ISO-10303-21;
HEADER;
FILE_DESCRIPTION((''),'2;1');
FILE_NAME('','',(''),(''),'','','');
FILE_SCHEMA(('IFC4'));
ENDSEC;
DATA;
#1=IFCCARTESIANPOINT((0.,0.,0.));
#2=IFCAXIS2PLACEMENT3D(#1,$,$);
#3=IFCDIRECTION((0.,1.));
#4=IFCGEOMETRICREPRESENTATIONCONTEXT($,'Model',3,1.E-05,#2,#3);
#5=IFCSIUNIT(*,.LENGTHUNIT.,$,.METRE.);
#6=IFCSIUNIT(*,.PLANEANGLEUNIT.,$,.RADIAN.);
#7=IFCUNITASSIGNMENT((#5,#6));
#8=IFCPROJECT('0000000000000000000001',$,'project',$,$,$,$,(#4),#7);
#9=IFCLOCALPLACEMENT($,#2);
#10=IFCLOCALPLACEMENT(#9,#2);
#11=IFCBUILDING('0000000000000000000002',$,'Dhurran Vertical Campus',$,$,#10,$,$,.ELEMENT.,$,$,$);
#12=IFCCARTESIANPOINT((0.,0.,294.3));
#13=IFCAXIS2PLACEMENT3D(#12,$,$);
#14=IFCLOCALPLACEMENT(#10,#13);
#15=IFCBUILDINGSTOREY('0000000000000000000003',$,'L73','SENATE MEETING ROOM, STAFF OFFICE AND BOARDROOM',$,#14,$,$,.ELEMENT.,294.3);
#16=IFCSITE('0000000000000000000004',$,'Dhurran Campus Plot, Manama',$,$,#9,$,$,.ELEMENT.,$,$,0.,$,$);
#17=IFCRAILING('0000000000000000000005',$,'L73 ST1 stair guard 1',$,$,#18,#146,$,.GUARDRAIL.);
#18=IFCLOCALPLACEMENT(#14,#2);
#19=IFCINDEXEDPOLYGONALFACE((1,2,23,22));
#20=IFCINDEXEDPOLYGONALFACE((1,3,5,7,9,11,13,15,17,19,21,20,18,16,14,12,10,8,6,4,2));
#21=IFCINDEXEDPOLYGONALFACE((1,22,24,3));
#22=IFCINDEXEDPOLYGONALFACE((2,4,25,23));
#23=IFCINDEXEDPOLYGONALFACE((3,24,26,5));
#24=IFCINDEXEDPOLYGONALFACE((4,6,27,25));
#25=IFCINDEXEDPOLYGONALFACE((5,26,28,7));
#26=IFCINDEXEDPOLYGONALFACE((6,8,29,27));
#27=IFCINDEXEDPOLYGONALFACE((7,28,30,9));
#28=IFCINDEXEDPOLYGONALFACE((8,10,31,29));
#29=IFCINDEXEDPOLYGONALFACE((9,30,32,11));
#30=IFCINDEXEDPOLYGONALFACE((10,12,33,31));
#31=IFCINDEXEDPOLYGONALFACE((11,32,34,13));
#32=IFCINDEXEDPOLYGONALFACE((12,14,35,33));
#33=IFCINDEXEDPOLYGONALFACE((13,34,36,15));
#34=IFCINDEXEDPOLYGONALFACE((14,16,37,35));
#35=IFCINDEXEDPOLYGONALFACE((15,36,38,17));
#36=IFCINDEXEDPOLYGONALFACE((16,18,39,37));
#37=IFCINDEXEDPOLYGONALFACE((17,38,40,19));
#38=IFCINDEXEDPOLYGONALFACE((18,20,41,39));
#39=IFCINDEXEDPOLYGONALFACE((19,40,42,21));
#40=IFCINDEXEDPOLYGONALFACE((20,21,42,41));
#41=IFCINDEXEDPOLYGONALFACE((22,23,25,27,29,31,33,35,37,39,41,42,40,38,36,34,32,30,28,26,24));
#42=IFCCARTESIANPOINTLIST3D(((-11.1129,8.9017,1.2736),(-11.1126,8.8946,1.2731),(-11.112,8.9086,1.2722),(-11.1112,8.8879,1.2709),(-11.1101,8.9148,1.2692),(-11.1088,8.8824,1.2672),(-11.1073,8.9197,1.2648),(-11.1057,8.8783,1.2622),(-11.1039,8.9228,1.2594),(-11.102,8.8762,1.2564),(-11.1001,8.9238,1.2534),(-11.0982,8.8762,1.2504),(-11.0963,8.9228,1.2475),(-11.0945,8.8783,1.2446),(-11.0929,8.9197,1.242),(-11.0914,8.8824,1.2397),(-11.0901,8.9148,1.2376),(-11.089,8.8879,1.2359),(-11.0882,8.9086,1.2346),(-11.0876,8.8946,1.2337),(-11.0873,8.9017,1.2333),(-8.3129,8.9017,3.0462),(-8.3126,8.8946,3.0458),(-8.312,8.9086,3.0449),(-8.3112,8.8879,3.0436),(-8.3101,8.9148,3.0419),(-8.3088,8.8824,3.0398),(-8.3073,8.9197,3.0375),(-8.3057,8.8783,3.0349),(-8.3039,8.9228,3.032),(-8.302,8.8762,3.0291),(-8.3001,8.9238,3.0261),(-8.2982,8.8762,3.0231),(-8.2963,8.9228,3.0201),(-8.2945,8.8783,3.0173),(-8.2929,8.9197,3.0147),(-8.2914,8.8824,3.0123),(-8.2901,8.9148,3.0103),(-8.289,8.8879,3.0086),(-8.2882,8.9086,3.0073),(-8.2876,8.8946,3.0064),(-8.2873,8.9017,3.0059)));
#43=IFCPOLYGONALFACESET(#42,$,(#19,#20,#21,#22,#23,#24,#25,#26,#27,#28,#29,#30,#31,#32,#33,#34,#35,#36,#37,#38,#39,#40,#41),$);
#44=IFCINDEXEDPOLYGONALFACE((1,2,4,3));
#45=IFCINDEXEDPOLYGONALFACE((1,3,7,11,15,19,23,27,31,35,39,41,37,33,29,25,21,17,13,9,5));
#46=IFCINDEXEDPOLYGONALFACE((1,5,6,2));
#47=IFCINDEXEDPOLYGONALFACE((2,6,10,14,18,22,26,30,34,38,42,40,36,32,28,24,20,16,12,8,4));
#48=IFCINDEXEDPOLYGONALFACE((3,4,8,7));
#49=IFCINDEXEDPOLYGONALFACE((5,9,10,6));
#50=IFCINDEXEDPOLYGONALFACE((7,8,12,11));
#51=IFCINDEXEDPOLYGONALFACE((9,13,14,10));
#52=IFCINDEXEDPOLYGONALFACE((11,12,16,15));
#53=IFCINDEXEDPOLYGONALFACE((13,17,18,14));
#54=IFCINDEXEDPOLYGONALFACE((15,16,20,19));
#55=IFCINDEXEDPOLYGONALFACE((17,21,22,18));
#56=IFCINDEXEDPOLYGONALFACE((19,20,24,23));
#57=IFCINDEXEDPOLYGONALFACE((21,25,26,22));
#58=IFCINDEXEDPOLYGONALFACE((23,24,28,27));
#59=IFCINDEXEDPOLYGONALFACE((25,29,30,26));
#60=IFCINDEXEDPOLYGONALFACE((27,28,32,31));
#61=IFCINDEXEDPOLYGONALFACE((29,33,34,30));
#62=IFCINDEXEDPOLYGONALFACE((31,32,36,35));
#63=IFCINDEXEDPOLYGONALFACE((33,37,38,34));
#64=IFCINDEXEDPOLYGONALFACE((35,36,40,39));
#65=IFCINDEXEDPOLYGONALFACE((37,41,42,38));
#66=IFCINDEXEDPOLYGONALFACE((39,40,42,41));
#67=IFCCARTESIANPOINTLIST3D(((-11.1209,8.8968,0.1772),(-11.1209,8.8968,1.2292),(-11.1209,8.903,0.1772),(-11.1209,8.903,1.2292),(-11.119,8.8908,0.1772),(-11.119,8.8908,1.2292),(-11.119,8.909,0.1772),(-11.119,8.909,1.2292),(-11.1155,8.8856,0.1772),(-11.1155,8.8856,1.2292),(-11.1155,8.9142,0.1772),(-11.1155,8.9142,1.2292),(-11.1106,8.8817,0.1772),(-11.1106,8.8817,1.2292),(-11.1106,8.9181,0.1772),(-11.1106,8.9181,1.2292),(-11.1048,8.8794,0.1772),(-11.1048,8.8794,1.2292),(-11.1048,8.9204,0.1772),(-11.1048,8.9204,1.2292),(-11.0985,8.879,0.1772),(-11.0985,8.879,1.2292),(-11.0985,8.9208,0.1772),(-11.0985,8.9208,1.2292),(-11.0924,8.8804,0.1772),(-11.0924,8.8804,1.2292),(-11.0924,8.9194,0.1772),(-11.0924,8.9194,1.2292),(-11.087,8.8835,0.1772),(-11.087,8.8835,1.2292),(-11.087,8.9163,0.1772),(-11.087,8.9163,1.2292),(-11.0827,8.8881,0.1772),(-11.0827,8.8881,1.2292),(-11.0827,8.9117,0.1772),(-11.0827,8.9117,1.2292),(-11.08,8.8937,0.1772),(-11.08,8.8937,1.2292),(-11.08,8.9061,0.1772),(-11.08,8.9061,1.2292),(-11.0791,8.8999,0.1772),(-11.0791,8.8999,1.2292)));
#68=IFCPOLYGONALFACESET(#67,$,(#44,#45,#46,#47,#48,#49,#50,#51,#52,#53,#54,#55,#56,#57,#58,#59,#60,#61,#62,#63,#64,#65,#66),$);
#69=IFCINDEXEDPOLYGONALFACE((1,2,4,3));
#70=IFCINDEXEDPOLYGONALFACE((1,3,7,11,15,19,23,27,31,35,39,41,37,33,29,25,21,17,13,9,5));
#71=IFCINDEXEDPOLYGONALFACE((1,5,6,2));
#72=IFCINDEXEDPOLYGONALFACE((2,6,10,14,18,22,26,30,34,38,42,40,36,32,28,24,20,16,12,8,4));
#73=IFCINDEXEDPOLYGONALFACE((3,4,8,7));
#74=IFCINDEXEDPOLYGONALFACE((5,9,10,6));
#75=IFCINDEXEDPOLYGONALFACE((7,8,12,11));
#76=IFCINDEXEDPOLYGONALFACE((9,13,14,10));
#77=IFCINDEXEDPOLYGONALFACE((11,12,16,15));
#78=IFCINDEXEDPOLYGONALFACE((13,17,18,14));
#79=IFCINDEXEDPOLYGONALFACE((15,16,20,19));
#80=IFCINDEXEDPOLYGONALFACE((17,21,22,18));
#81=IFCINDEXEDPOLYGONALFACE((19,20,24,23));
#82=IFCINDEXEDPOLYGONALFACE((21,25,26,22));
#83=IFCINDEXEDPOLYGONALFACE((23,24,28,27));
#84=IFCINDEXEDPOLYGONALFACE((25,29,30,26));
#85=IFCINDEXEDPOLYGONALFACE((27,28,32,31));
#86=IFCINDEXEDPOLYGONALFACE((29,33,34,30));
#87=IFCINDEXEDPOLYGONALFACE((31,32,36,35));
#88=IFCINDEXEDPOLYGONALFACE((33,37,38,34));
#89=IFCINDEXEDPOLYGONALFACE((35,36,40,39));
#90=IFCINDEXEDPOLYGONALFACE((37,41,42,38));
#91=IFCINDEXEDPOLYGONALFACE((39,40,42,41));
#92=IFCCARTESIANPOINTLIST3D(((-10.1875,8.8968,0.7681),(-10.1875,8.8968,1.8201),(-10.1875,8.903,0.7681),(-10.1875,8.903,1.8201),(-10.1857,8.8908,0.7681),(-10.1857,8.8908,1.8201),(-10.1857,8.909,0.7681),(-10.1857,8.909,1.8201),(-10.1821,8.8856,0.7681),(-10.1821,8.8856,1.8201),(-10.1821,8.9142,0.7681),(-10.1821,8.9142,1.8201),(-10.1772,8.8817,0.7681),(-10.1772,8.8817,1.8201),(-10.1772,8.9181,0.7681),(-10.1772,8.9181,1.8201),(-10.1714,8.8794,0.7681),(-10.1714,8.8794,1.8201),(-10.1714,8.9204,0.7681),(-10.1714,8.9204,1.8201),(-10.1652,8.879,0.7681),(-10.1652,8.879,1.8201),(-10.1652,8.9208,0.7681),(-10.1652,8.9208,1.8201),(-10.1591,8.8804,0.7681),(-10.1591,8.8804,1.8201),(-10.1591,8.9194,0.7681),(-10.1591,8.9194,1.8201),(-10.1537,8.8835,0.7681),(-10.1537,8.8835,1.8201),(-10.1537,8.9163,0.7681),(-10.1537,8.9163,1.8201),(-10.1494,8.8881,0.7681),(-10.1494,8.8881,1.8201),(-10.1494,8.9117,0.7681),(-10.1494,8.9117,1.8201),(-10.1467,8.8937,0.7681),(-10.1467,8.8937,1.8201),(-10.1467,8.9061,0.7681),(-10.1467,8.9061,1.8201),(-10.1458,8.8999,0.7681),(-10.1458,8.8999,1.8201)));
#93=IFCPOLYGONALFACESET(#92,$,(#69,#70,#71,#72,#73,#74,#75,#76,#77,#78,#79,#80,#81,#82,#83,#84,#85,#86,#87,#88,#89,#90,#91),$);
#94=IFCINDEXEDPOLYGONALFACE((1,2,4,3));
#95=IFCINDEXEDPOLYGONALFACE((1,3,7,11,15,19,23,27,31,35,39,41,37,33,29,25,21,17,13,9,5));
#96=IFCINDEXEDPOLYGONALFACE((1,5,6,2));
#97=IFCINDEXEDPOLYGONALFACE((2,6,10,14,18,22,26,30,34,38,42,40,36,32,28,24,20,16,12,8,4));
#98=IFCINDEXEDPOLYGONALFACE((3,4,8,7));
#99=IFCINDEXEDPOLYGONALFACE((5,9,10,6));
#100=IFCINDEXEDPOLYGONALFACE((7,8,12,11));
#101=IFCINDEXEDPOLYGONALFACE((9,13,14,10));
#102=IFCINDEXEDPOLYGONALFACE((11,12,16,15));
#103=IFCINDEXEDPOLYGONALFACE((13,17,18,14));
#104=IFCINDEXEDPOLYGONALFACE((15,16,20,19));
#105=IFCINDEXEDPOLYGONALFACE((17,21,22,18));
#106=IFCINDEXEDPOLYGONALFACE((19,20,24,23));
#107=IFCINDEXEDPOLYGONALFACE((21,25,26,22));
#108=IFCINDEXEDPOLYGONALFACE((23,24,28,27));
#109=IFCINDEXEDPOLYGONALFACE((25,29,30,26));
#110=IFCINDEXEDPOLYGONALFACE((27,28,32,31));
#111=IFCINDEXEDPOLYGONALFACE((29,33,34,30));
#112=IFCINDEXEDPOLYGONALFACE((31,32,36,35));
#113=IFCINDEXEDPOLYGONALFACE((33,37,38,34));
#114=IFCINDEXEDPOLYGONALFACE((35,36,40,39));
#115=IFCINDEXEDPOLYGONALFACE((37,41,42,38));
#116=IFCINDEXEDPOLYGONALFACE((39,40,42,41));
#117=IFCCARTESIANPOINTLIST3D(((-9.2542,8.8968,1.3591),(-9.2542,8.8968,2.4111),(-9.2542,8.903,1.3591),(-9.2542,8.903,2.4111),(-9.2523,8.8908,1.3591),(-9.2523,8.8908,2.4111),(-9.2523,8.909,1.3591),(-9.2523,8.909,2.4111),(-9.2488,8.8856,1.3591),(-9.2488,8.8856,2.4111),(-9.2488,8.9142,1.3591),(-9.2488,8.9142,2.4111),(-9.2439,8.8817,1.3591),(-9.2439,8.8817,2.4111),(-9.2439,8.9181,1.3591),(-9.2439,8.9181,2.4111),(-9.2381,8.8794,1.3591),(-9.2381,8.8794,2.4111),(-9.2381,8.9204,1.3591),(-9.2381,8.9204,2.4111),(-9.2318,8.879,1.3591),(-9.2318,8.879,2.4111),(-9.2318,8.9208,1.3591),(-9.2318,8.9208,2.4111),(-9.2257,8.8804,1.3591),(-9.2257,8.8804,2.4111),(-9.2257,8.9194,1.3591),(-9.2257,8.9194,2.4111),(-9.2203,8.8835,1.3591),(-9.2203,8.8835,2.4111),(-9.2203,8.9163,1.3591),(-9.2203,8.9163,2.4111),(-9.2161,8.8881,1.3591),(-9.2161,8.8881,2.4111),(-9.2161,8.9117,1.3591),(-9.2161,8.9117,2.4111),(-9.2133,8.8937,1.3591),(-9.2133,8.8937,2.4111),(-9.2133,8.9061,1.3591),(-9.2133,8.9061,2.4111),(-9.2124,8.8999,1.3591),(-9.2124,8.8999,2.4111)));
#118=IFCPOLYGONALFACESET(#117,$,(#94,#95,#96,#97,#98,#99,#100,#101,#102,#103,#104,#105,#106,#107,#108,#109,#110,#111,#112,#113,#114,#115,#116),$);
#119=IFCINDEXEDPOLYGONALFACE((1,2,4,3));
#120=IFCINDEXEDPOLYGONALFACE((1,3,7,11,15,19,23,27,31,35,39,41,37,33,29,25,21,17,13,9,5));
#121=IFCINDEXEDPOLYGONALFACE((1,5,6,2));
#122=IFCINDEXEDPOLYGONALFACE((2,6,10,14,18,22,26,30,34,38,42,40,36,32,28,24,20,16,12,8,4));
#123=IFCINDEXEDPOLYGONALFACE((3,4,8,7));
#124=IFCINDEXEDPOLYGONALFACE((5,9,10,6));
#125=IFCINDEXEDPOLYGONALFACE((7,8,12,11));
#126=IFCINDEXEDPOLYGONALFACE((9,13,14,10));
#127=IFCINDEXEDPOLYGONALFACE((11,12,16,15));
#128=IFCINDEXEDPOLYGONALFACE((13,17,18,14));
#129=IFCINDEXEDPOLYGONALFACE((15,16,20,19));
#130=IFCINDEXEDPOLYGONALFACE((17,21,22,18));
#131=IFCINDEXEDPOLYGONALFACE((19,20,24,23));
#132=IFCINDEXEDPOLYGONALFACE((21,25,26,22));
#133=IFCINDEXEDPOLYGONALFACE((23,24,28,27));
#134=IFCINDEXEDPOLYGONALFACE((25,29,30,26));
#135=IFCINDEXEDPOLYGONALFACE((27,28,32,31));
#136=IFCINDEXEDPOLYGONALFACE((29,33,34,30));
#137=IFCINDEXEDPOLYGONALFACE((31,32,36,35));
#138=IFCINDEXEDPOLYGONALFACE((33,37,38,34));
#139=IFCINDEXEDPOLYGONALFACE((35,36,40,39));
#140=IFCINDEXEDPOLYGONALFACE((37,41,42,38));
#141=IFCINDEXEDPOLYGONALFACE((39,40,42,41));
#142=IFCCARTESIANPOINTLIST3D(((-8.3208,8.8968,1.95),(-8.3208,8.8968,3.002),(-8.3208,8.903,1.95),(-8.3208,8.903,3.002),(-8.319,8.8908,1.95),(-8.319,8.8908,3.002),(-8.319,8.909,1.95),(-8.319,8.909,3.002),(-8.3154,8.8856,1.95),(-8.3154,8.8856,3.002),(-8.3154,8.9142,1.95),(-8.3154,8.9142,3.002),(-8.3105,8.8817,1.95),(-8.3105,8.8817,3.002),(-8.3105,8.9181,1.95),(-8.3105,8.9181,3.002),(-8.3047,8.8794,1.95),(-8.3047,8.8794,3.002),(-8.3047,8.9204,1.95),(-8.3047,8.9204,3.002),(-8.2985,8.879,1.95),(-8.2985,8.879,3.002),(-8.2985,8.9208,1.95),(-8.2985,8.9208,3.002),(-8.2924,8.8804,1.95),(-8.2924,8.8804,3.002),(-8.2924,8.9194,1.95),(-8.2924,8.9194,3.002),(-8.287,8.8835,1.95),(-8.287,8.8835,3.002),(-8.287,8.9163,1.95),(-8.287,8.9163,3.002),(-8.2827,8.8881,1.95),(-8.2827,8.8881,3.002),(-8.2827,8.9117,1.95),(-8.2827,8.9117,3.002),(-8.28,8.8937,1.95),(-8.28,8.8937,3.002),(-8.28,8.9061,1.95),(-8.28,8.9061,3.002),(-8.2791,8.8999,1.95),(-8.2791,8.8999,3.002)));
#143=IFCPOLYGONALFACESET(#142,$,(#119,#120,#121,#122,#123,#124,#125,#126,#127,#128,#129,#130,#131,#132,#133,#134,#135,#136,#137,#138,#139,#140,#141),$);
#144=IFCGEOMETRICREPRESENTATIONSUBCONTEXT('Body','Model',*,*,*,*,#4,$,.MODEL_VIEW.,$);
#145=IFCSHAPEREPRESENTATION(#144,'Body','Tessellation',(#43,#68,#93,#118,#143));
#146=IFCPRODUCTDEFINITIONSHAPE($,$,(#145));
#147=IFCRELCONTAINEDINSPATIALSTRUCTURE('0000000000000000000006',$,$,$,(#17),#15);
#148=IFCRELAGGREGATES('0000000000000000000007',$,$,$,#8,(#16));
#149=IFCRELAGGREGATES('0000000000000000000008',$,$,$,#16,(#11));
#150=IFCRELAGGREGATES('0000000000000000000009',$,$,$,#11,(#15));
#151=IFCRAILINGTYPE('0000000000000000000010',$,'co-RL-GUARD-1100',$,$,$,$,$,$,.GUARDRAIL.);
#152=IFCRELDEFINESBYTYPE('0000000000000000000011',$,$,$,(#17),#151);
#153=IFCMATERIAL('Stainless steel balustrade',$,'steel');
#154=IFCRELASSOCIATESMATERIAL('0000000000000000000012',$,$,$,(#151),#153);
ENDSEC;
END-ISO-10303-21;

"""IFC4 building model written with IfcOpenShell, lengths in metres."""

from ifc_helpers import new_model, si_unit, direction, frame, origin, origin_2d, place, context, subcontext, project, spatial, circle, extrude, material, type_object, element, save


model = new_model("IFC4")

# Units and contexts
model_context = context("Model", 3, precision=1e-05, world=origin(), true_north=direction((0.0, 1.0)))
body_context = subcontext(model_context, "Body", "Model", "MODEL_VIEW")
ifc_project = project(units=[si_unit("LENGTHUNIT", "METRE"), si_unit("PLANEANGLEUNIT", "RADIAN")], contexts=[model_context])

# Site, building, storey
site_placement = place(None, origin())
site = spatial("IfcSite", under=ifc_project, at=site_placement, Name="Dhurran Campus Plot, Manama", CompositionType="ELEMENT", RefElevation=0.0)
building_placement = place(site_placement, origin())
building = spatial("IfcBuilding", under=site, at=building_placement, Name="Dhurran Vertical Campus", CompositionType="ELEMENT")
storey_placement = place(building_placement, frame((0.0, 0.0, 294.3)))
storey = spatial("IfcBuildingStorey", under=building, at=storey_placement, Name="L73", Description="SENATE MEETING ROOM, STAFF OFFICE AND BOARDROOM", CompositionType="ELEMENT", Elevation=294.3)

# Railing
ifc_material_1 = material(Name="Stainless steel balustrade", Category="steel")
railing_type_1 = type_object("IfcRailingType", Name="co-RL-GUARD-1100", PredefinedType="GUARDRAIL", material=ifc_material_1)
railing_1_placement = place(storey_placement, frame((-11.1001, 8.8999, 0.1772)))
element("IfcRailing", 1, at=railing_1_placement, inside=storey, type_object=railing_type_1, Name="L73 ST1 stair guard 1", PredefinedType="GUARDRAIL", context=body_context, shape_type="SweptSolid", body=[
    extrude(circle(Radius=0.0239, at=origin_2d()), frame((0.0, 0.0, 1.0762), z_axis=(0.844909, 0.0, 0.53491), x_axis=(0.0, 1.0, 0.0)), (0.0, 0.0, 1.0), 3.314),
    extrude(circle(Radius=0.021, at=origin_2d()), origin(), (0.0, 0.0, 1.0), 1.052),
    extrude(circle(Radius=0.021, at=origin_2d()), frame((0.9333, 0.0, 0.5908)), (0.0, 0.0, 1.0), 1.052),
    extrude(circle(Radius=0.021, at=origin_2d()), frame((1.8667, 0.0, 1.1819)), (0.0, 0.0, 1.0), 1.052),
    extrude(circle(Radius=0.021, at=origin_2d()), frame((2.8, 0.0, 1.7727)), (0.0, 0.0, 1.0), 1.052),
])

save(model, "model.ifc")
